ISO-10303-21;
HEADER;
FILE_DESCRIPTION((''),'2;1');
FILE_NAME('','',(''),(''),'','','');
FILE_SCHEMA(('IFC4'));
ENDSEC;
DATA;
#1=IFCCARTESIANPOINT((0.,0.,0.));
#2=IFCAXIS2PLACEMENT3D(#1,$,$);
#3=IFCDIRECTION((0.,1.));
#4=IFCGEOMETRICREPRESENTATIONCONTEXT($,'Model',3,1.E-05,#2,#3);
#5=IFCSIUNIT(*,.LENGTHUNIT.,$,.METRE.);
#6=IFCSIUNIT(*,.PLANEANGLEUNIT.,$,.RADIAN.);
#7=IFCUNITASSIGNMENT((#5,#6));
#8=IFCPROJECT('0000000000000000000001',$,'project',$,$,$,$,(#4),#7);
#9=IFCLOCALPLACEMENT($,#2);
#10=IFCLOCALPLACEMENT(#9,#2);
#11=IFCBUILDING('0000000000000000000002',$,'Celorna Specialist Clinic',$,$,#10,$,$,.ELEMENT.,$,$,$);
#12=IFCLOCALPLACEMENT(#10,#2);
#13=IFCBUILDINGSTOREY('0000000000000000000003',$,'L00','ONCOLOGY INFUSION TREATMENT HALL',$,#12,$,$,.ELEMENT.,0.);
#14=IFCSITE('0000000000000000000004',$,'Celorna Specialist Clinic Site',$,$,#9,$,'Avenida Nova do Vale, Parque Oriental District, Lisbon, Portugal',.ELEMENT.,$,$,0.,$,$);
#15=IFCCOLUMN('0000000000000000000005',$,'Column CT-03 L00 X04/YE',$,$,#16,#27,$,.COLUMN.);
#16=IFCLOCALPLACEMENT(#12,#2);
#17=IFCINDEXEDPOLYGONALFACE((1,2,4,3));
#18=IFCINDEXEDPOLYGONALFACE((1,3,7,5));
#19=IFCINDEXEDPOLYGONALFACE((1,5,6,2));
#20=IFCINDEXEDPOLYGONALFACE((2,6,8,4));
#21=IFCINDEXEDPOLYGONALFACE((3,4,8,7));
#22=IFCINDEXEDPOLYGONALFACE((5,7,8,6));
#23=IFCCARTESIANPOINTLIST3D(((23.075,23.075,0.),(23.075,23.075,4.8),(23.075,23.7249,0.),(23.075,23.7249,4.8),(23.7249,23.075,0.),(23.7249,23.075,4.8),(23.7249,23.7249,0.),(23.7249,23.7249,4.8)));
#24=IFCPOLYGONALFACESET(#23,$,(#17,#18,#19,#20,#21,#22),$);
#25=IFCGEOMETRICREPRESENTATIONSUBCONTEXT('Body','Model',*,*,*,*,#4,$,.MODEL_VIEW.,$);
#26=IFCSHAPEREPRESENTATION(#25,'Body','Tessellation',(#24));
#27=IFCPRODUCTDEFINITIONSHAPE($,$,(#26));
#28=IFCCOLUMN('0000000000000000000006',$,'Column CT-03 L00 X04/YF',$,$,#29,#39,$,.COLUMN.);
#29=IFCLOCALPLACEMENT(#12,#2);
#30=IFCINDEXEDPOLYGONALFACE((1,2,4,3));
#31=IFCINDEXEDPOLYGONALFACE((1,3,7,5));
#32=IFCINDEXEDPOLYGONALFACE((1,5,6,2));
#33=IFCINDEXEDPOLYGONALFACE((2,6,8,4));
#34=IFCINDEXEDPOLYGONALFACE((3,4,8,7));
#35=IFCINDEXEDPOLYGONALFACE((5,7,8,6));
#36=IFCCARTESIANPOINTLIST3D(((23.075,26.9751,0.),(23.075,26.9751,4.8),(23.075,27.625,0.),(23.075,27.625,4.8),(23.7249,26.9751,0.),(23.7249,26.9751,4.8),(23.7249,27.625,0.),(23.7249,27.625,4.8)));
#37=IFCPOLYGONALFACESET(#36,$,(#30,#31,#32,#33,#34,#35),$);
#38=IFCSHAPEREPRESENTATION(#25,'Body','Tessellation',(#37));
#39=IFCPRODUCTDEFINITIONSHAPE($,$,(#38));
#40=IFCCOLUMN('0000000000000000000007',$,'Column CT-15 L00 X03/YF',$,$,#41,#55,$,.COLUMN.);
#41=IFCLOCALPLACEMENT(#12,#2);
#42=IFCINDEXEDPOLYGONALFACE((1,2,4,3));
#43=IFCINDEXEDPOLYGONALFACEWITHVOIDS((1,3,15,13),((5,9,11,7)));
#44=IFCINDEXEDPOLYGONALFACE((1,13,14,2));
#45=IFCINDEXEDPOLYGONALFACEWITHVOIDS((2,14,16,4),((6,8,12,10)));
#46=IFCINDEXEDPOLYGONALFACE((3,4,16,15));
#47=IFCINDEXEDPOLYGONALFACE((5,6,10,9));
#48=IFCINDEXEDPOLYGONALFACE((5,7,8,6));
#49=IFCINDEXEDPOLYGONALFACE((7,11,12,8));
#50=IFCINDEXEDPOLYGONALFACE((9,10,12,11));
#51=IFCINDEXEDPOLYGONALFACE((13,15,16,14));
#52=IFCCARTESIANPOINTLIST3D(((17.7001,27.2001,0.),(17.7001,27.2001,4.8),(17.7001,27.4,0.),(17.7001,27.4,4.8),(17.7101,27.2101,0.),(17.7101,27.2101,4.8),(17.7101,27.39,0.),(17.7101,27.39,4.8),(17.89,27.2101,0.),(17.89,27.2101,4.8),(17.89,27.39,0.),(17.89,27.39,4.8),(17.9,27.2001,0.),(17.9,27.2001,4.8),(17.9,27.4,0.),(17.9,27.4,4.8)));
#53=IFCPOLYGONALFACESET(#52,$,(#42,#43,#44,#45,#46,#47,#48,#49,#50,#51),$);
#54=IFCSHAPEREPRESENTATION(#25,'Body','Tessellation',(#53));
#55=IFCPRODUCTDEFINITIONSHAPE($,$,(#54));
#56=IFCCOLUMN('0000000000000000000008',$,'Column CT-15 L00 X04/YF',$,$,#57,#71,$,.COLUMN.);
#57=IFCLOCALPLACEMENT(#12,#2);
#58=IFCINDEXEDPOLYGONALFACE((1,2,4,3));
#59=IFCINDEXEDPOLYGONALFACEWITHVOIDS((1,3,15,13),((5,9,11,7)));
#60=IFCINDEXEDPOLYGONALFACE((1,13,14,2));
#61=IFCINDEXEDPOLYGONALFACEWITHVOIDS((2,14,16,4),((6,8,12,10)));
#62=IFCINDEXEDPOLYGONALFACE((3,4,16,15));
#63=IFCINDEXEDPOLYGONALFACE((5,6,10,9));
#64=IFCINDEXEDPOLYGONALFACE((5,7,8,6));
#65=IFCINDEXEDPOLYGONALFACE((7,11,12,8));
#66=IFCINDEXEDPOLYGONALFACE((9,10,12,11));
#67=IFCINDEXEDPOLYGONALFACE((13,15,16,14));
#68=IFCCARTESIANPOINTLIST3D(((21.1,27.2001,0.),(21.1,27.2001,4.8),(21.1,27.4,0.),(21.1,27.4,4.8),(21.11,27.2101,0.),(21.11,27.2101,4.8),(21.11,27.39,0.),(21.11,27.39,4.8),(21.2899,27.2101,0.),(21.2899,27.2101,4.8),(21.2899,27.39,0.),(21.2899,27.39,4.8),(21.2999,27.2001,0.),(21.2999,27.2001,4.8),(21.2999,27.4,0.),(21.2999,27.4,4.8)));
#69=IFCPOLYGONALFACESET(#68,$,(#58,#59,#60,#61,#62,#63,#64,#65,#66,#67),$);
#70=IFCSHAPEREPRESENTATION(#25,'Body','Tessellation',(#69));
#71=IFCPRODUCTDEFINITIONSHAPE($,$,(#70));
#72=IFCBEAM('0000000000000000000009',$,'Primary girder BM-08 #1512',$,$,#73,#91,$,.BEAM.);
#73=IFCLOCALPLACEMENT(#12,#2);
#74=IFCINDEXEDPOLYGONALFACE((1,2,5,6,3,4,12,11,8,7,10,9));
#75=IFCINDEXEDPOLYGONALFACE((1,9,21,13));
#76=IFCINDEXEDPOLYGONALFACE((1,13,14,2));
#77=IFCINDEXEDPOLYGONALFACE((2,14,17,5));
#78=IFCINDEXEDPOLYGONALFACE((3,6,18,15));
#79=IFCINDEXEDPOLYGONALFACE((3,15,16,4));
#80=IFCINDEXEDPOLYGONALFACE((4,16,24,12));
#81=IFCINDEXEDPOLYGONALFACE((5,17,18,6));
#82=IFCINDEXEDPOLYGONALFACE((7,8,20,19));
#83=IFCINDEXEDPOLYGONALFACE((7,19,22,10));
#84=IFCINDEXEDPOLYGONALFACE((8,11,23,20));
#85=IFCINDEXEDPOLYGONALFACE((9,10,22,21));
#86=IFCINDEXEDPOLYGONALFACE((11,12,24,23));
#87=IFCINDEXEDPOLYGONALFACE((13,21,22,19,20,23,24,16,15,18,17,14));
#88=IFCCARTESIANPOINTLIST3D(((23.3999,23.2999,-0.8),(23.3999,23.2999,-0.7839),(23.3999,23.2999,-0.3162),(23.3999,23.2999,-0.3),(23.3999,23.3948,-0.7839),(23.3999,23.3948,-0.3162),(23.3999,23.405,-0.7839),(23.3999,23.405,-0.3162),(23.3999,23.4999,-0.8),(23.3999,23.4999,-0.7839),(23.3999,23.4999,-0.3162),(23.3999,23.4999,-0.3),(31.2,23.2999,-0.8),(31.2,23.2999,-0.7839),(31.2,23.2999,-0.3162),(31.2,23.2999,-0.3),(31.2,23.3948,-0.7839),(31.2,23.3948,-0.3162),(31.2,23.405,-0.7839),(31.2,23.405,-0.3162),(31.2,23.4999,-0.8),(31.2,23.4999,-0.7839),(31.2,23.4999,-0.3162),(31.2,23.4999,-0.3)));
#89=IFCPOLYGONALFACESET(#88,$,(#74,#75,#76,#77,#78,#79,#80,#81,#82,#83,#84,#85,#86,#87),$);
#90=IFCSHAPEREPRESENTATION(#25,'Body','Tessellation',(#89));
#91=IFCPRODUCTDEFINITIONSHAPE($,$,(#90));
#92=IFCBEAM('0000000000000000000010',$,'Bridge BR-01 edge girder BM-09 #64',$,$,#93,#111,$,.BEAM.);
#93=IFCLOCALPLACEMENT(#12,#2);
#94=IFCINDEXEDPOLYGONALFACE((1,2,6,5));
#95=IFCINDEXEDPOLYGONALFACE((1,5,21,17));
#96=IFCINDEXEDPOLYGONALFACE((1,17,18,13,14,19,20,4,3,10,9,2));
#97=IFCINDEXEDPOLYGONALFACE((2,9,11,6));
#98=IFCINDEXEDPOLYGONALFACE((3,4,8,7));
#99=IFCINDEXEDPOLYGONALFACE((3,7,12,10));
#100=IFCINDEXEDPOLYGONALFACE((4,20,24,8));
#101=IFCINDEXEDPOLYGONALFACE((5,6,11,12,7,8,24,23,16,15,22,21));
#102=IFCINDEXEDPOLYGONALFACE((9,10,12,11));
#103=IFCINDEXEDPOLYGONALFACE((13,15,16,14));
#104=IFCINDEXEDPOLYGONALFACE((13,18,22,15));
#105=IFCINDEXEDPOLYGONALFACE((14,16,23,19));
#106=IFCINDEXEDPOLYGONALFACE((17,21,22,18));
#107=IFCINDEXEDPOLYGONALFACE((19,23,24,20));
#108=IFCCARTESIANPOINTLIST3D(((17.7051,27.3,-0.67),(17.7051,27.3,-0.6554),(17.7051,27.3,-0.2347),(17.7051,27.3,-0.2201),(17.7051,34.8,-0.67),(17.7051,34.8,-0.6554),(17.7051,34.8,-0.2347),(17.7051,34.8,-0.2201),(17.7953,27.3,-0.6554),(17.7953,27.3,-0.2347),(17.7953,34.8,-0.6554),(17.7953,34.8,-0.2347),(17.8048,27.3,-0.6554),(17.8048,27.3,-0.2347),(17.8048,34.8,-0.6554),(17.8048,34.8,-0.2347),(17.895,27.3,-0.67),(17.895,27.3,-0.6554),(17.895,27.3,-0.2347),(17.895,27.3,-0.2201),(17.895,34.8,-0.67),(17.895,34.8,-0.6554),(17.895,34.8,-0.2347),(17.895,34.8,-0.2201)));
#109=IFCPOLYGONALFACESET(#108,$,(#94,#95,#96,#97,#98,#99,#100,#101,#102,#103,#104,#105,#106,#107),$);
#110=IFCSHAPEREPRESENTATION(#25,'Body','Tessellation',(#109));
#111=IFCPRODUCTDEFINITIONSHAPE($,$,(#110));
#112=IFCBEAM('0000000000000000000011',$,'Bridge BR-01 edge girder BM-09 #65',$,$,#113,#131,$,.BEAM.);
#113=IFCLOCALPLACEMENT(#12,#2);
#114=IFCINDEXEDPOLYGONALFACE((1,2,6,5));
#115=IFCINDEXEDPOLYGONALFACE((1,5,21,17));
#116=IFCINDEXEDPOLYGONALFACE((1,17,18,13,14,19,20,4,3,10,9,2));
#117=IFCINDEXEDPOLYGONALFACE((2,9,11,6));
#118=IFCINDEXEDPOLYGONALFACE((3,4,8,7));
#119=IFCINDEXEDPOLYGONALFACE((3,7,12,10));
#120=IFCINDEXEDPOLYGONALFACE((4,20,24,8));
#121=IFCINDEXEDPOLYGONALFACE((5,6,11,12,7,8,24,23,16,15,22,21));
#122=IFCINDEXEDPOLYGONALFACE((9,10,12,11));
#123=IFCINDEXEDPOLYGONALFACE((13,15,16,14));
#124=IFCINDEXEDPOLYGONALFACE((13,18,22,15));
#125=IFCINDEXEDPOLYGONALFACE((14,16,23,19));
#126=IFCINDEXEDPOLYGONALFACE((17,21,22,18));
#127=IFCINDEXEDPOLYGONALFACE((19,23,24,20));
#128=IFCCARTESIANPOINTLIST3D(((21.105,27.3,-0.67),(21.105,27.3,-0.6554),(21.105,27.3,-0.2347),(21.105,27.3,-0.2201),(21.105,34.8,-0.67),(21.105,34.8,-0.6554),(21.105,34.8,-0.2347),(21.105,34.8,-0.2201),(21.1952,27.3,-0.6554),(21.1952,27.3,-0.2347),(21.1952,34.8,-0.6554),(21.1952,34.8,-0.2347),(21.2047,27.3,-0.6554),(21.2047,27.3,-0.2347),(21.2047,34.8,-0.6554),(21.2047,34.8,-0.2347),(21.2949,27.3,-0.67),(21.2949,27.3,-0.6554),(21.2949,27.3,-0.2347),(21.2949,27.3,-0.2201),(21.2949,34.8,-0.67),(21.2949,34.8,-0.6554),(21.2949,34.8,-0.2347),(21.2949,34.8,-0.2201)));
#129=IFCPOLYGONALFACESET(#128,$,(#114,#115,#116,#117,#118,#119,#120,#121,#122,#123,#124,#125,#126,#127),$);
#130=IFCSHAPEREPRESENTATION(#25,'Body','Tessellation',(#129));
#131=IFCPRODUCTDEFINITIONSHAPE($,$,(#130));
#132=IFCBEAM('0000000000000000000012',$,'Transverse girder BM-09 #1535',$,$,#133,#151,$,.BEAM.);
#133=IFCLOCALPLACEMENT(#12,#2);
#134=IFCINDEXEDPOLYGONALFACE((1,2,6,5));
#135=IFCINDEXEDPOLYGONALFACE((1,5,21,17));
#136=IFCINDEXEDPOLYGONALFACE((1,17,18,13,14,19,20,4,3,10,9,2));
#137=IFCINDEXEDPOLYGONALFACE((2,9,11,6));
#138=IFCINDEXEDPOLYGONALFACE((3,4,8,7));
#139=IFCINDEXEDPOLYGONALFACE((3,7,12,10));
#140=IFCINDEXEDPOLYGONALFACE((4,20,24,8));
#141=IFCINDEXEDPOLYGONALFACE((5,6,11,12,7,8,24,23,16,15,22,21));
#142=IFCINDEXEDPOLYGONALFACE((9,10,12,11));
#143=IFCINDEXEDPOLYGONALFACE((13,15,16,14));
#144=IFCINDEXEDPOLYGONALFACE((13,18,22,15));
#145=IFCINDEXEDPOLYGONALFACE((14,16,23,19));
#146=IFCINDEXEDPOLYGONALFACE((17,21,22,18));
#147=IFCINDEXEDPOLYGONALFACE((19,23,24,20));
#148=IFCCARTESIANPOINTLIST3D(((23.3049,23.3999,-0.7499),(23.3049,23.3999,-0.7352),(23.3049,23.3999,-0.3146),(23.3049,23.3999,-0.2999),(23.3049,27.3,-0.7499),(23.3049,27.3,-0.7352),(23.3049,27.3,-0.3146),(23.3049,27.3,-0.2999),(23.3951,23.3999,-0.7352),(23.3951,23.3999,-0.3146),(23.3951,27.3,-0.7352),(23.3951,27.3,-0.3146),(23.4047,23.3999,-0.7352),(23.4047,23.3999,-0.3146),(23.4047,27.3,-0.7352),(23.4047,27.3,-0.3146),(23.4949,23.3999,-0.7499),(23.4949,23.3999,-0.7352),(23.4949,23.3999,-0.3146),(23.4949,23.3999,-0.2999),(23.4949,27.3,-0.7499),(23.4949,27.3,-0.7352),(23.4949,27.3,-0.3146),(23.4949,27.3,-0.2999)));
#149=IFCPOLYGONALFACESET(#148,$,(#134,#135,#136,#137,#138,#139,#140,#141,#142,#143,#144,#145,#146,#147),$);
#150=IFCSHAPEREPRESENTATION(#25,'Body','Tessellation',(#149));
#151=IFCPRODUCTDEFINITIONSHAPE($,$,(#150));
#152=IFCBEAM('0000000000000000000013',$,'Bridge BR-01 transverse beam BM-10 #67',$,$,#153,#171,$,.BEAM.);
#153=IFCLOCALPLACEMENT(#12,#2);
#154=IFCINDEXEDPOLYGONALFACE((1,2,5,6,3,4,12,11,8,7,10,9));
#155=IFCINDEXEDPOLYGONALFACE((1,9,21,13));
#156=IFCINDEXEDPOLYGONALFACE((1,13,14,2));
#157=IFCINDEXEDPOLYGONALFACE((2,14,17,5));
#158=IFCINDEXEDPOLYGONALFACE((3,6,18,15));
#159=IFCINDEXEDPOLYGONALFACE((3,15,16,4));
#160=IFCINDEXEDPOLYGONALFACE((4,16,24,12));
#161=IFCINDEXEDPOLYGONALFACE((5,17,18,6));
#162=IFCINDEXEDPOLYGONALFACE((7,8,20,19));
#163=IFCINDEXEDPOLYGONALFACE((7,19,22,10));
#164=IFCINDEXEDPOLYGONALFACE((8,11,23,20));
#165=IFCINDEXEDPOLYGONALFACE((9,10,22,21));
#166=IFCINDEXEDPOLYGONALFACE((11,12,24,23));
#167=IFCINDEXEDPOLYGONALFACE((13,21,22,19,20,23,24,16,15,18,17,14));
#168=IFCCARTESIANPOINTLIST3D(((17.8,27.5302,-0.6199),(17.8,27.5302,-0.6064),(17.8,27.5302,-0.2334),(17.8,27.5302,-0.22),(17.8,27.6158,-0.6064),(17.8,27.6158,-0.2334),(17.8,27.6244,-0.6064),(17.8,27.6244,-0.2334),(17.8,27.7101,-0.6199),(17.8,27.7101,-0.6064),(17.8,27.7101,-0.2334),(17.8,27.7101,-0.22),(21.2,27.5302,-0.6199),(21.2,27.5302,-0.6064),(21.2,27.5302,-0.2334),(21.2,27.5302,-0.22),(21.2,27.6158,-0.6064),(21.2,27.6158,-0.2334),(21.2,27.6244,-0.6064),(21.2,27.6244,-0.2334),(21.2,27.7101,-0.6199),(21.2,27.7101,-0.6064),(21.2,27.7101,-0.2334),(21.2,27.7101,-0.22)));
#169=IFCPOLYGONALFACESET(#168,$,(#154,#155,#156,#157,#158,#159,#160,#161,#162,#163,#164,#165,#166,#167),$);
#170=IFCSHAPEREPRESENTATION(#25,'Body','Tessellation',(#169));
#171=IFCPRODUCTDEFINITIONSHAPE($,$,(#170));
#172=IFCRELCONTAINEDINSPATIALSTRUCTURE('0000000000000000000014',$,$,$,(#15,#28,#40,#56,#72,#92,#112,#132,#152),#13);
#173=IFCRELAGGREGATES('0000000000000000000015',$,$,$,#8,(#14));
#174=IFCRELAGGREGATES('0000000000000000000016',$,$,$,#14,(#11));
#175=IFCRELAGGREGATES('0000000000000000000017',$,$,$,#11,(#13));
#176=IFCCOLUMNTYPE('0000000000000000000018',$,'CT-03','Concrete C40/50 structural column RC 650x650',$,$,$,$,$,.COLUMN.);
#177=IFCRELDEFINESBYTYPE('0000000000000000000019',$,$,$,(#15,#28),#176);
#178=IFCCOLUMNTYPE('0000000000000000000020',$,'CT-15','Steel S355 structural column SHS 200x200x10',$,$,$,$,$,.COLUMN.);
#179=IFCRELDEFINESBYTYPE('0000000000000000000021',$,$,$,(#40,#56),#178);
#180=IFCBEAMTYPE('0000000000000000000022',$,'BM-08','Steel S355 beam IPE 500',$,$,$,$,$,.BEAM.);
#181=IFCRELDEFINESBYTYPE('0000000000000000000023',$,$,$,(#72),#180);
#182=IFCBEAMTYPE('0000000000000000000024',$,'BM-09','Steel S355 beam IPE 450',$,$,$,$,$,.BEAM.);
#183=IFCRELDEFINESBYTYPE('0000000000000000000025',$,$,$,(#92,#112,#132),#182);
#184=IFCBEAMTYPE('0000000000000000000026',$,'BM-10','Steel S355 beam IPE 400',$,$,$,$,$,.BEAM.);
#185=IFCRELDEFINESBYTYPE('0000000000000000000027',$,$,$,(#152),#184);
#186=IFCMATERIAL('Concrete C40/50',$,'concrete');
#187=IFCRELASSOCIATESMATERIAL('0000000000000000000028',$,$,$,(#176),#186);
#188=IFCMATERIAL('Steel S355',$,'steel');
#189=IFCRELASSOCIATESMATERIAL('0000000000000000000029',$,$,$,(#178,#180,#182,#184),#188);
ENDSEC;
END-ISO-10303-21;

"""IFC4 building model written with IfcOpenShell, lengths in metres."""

from ifc_helpers import new_model, si_unit, direction, frame, origin, origin_2d, place, context, subcontext, project, spatial, rectangle, hollow_rectangle, i_section, extrude, material, material_profile, profile_set, type_object, element, save


model = new_model("IFC4")

# Units and contexts
model_context = context("Model", 3, precision=1e-05, world=origin(), true_north=direction((0.0, 1.0)))
body_context = subcontext(model_context, "Body", "Model", "MODEL_VIEW")
ifc_project = project(units=[si_unit("LENGTHUNIT", "METRE"), si_unit("PLANEANGLEUNIT", "RADIAN")], contexts=[model_context])

# Site, building, storey
site_placement = place(None, origin())
site = spatial("IfcSite", under=ifc_project, at=site_placement, Name="Celorna Specialist Clinic Site", LongName="Avenida Nova do Vale, Parque Oriental District, Lisbon, Portugal", CompositionType="ELEMENT", RefElevation=0.0)
building_placement = place(site_placement, origin())
building = spatial("IfcBuilding", under=site, at=building_placement, Name="Celorna Specialist Clinic", CompositionType="ELEMENT")
storey_placement = place(building_placement, origin())
storey = spatial("IfcBuildingStorey", under=building, at=storey_placement, Name="L00", Description="ONCOLOGY INFUSION TREATMENT HALL", CompositionType="ELEMENT", Elevation=0.0)

# Columns
ifc_material_1 = material(Name="Concrete C40/50", Category="concrete")
ifc_material_profile_1 = material_profile(ifc_material_1, rectangle(XDim=0.6499, YDim=0.6499, at=origin_2d()), Name="RC 650x650")
ifc_profile_set_1 = profile_set([ifc_material_profile_1], Name="Concrete C40/50")
column_type_1 = type_object("IfcColumnType", Name="CT-03", Description="Concrete C40/50 structural column RC 650x650", PredefinedType="COLUMN", material=ifc_profile_set_1)
for number, where, z_axis, x_axis, name in (
    (1, (23.3999, 23.3999, 0.0), (0.0, 0.0, 1.0), (1.0, 0.0, 0.0), "Column CT-03 L00 X04/YE"),
    (2, (23.3999, 27.3, 0.0), (0.0, 0.0, 1.0), (1.0, 0.0, 0.0), "Column CT-03 L00 X04/YF"),
):
    element("IfcColumn", number, at=place(storey_placement, frame(where, z_axis=z_axis, x_axis=x_axis)), inside=storey, type_object=column_type_1, Name=name, PredefinedType="COLUMN", context=body_context, shape_type="SweptSolid", body=[
        extrude(rectangle(XDim=0.6499, YDim=0.6499, at=origin_2d()), origin(), (0.0, 0.0, 1.0), 4.8),
    ])
ifc_material_2 = material(Name="Steel S355", Category="steel")
ifc_material_profile_2 = material_profile(ifc_material_2, hollow_rectangle(XDim=0.2, YDim=0.2, WallThickness=0.01, at=origin_2d()), Name="SHS 200x200x10")
ifc_profile_set_2 = profile_set([ifc_material_profile_2], Name="Steel S355")
column_type_2 = type_object("IfcColumnType", Name="CT-15", Description="Steel S355 structural column SHS 200x200x10", PredefinedType="COLUMN", material=ifc_profile_set_2)
for number, where, z_axis, x_axis, name in (
    (3, (17.8, 27.3, 0.0), (0.0, 0.0, 1.0), (1.0, 0.0, 0.0), "Column CT-15 L00 X03/YF"),
    (4, (21.2, 27.3, 0.0), (0.0, 0.0, 1.0), (1.0, 0.0, 0.0), "Column CT-15 L00 X04/YF"),
):
    element("IfcColumn", number, at=place(storey_placement, frame(where, z_axis=z_axis, x_axis=x_axis)), inside=storey, type_object=column_type_2, Name=name, PredefinedType="COLUMN", context=body_context, shape_type="SweptSolid", body=[
        extrude(hollow_rectangle(XDim=0.2, YDim=0.2, WallThickness=0.01, at=origin_2d()), origin(), (0.0, 0.0, 1.0), 4.8),
    ])

# Beams
ifc_material_profile_3 = material_profile(ifc_material_2, i_section(OverallWidth=0.2, OverallDepth=0.5, WebThickness=0.0103, FlangeThickness=0.0161, at=origin_2d()), Name="IPE 500")
ifc_profile_set_3 = profile_set([ifc_material_profile_3], Name="Steel S355")
beam_type_1 = type_object("IfcBeamType", Name="BM-08", Description="Steel S355 beam IPE 500", PredefinedType="BEAM", material=ifc_profile_set_3)
beam_1_placement = place(storey_placement, frame((23.3999, 23.3999, -0.55), z_axis=(1.0, 0.0, 0.0), x_axis=(0.0, 1.0, 0.0)))
element("IfcBeam", 5, at=beam_1_placement, inside=storey, type_object=beam_type_1, Name="Primary girder BM-08 #1512", PredefinedType="BEAM", context=body_context, shape_type="SweptSolid", body=[
    extrude(i_section(OverallWidth=0.2, OverallDepth=0.5, WebThickness=0.0103, FlangeThickness=0.0161, at=origin_2d()), origin(), (0.0, 0.0, 1.0), 7.8),
])
ifc_material_profile_4 = material_profile(ifc_material_2, i_section(OverallWidth=0.1899, OverallDepth=0.45, WebThickness=0.0095, FlangeThickness=0.0146, at=origin_2d()), Name="IPE 450")
ifc_profile_set_4 = profile_set([ifc_material_profile_4], Name="Steel S355")
beam_type_2 = type_object("IfcBeamType", Name="BM-09", Description="Steel S355 beam IPE 450", PredefinedType="BEAM", material=ifc_profile_set_4)
for number, where, z_axis, x_axis, name in (
    (6, (17.8, 27.3, -0.4451), (0.0, 1.0, 0.0), (-1.0, 0.0, 0.0), "Bridge BR-01 edge girder BM-09 #64"),
    (7, (21.2, 27.3, -0.4451), (0.0, 1.0, 0.0), (-1.0, 0.0, 0.0), "Bridge BR-01 edge girder BM-09 #65"),
):
    element("IfcBeam", number, at=place(storey_placement, frame(where, z_axis=z_axis, x_axis=x_axis)), inside=storey, type_object=beam_type_2, Name=name, PredefinedType="BEAM", context=body_context, shape_type="SweptSolid", body=[
        extrude(i_section(OverallWidth=0.1899, OverallDepth=0.45, WebThickness=0.0095, FlangeThickness=0.0146, at=origin_2d()), origin(), (0.0, 0.0, 1.0), 7.5),
    ])
beam_2_placement = place(storey_placement, frame((23.3999, 23.3999, -0.5249), z_axis=(0.0, 1.0, 0.0), x_axis=(-1.0, 0.0, 0.0)))
element("IfcBeam", 8, at=beam_2_placement, inside=storey, type_object=beam_type_2, Name="Transverse girder BM-09 #1535", PredefinedType="BEAM", context=body_context, shape_type="SweptSolid", body=[
    extrude(i_section(OverallWidth=0.1899, OverallDepth=0.45, WebThickness=0.0095, FlangeThickness=0.0146, at=origin_2d()), origin(), (0.0, 0.0, 1.0), 3.9001),
])
ifc_material_profile_5 = material_profile(ifc_material_2, i_section(OverallWidth=0.1799, OverallDepth=0.3999, WebThickness=0.0085, FlangeThickness=0.0134, at=origin_2d()), Name="IPE 400")
ifc_profile_set_5 = profile_set([ifc_material_profile_5], Name="Steel S355")
beam_type_3 = type_object("IfcBeamType", Name="BM-10", Description="Steel S355 beam IPE 400", PredefinedType="BEAM", material=ifc_profile_set_5)
beam_3_placement = place(storey_placement, frame((17.8, 27.6201, -0.4199), z_axis=(1.0, 0.0, 0.0), x_axis=(0.0, 1.0, 0.0)))
element("IfcBeam", 9, at=beam_3_placement, inside=storey, type_object=beam_type_3, Name="Bridge BR-01 transverse beam BM-10 #67", PredefinedType="BEAM", context=body_context, shape_type="SweptSolid", body=[
    extrude(i_section(OverallWidth=0.1799, OverallDepth=0.3999, WebThickness=0.0085, FlangeThickness=0.0134, at=origin_2d()), origin(), (0.0, 0.0, 1.0), 3.3999),
])

save(model, "model.ifc")
